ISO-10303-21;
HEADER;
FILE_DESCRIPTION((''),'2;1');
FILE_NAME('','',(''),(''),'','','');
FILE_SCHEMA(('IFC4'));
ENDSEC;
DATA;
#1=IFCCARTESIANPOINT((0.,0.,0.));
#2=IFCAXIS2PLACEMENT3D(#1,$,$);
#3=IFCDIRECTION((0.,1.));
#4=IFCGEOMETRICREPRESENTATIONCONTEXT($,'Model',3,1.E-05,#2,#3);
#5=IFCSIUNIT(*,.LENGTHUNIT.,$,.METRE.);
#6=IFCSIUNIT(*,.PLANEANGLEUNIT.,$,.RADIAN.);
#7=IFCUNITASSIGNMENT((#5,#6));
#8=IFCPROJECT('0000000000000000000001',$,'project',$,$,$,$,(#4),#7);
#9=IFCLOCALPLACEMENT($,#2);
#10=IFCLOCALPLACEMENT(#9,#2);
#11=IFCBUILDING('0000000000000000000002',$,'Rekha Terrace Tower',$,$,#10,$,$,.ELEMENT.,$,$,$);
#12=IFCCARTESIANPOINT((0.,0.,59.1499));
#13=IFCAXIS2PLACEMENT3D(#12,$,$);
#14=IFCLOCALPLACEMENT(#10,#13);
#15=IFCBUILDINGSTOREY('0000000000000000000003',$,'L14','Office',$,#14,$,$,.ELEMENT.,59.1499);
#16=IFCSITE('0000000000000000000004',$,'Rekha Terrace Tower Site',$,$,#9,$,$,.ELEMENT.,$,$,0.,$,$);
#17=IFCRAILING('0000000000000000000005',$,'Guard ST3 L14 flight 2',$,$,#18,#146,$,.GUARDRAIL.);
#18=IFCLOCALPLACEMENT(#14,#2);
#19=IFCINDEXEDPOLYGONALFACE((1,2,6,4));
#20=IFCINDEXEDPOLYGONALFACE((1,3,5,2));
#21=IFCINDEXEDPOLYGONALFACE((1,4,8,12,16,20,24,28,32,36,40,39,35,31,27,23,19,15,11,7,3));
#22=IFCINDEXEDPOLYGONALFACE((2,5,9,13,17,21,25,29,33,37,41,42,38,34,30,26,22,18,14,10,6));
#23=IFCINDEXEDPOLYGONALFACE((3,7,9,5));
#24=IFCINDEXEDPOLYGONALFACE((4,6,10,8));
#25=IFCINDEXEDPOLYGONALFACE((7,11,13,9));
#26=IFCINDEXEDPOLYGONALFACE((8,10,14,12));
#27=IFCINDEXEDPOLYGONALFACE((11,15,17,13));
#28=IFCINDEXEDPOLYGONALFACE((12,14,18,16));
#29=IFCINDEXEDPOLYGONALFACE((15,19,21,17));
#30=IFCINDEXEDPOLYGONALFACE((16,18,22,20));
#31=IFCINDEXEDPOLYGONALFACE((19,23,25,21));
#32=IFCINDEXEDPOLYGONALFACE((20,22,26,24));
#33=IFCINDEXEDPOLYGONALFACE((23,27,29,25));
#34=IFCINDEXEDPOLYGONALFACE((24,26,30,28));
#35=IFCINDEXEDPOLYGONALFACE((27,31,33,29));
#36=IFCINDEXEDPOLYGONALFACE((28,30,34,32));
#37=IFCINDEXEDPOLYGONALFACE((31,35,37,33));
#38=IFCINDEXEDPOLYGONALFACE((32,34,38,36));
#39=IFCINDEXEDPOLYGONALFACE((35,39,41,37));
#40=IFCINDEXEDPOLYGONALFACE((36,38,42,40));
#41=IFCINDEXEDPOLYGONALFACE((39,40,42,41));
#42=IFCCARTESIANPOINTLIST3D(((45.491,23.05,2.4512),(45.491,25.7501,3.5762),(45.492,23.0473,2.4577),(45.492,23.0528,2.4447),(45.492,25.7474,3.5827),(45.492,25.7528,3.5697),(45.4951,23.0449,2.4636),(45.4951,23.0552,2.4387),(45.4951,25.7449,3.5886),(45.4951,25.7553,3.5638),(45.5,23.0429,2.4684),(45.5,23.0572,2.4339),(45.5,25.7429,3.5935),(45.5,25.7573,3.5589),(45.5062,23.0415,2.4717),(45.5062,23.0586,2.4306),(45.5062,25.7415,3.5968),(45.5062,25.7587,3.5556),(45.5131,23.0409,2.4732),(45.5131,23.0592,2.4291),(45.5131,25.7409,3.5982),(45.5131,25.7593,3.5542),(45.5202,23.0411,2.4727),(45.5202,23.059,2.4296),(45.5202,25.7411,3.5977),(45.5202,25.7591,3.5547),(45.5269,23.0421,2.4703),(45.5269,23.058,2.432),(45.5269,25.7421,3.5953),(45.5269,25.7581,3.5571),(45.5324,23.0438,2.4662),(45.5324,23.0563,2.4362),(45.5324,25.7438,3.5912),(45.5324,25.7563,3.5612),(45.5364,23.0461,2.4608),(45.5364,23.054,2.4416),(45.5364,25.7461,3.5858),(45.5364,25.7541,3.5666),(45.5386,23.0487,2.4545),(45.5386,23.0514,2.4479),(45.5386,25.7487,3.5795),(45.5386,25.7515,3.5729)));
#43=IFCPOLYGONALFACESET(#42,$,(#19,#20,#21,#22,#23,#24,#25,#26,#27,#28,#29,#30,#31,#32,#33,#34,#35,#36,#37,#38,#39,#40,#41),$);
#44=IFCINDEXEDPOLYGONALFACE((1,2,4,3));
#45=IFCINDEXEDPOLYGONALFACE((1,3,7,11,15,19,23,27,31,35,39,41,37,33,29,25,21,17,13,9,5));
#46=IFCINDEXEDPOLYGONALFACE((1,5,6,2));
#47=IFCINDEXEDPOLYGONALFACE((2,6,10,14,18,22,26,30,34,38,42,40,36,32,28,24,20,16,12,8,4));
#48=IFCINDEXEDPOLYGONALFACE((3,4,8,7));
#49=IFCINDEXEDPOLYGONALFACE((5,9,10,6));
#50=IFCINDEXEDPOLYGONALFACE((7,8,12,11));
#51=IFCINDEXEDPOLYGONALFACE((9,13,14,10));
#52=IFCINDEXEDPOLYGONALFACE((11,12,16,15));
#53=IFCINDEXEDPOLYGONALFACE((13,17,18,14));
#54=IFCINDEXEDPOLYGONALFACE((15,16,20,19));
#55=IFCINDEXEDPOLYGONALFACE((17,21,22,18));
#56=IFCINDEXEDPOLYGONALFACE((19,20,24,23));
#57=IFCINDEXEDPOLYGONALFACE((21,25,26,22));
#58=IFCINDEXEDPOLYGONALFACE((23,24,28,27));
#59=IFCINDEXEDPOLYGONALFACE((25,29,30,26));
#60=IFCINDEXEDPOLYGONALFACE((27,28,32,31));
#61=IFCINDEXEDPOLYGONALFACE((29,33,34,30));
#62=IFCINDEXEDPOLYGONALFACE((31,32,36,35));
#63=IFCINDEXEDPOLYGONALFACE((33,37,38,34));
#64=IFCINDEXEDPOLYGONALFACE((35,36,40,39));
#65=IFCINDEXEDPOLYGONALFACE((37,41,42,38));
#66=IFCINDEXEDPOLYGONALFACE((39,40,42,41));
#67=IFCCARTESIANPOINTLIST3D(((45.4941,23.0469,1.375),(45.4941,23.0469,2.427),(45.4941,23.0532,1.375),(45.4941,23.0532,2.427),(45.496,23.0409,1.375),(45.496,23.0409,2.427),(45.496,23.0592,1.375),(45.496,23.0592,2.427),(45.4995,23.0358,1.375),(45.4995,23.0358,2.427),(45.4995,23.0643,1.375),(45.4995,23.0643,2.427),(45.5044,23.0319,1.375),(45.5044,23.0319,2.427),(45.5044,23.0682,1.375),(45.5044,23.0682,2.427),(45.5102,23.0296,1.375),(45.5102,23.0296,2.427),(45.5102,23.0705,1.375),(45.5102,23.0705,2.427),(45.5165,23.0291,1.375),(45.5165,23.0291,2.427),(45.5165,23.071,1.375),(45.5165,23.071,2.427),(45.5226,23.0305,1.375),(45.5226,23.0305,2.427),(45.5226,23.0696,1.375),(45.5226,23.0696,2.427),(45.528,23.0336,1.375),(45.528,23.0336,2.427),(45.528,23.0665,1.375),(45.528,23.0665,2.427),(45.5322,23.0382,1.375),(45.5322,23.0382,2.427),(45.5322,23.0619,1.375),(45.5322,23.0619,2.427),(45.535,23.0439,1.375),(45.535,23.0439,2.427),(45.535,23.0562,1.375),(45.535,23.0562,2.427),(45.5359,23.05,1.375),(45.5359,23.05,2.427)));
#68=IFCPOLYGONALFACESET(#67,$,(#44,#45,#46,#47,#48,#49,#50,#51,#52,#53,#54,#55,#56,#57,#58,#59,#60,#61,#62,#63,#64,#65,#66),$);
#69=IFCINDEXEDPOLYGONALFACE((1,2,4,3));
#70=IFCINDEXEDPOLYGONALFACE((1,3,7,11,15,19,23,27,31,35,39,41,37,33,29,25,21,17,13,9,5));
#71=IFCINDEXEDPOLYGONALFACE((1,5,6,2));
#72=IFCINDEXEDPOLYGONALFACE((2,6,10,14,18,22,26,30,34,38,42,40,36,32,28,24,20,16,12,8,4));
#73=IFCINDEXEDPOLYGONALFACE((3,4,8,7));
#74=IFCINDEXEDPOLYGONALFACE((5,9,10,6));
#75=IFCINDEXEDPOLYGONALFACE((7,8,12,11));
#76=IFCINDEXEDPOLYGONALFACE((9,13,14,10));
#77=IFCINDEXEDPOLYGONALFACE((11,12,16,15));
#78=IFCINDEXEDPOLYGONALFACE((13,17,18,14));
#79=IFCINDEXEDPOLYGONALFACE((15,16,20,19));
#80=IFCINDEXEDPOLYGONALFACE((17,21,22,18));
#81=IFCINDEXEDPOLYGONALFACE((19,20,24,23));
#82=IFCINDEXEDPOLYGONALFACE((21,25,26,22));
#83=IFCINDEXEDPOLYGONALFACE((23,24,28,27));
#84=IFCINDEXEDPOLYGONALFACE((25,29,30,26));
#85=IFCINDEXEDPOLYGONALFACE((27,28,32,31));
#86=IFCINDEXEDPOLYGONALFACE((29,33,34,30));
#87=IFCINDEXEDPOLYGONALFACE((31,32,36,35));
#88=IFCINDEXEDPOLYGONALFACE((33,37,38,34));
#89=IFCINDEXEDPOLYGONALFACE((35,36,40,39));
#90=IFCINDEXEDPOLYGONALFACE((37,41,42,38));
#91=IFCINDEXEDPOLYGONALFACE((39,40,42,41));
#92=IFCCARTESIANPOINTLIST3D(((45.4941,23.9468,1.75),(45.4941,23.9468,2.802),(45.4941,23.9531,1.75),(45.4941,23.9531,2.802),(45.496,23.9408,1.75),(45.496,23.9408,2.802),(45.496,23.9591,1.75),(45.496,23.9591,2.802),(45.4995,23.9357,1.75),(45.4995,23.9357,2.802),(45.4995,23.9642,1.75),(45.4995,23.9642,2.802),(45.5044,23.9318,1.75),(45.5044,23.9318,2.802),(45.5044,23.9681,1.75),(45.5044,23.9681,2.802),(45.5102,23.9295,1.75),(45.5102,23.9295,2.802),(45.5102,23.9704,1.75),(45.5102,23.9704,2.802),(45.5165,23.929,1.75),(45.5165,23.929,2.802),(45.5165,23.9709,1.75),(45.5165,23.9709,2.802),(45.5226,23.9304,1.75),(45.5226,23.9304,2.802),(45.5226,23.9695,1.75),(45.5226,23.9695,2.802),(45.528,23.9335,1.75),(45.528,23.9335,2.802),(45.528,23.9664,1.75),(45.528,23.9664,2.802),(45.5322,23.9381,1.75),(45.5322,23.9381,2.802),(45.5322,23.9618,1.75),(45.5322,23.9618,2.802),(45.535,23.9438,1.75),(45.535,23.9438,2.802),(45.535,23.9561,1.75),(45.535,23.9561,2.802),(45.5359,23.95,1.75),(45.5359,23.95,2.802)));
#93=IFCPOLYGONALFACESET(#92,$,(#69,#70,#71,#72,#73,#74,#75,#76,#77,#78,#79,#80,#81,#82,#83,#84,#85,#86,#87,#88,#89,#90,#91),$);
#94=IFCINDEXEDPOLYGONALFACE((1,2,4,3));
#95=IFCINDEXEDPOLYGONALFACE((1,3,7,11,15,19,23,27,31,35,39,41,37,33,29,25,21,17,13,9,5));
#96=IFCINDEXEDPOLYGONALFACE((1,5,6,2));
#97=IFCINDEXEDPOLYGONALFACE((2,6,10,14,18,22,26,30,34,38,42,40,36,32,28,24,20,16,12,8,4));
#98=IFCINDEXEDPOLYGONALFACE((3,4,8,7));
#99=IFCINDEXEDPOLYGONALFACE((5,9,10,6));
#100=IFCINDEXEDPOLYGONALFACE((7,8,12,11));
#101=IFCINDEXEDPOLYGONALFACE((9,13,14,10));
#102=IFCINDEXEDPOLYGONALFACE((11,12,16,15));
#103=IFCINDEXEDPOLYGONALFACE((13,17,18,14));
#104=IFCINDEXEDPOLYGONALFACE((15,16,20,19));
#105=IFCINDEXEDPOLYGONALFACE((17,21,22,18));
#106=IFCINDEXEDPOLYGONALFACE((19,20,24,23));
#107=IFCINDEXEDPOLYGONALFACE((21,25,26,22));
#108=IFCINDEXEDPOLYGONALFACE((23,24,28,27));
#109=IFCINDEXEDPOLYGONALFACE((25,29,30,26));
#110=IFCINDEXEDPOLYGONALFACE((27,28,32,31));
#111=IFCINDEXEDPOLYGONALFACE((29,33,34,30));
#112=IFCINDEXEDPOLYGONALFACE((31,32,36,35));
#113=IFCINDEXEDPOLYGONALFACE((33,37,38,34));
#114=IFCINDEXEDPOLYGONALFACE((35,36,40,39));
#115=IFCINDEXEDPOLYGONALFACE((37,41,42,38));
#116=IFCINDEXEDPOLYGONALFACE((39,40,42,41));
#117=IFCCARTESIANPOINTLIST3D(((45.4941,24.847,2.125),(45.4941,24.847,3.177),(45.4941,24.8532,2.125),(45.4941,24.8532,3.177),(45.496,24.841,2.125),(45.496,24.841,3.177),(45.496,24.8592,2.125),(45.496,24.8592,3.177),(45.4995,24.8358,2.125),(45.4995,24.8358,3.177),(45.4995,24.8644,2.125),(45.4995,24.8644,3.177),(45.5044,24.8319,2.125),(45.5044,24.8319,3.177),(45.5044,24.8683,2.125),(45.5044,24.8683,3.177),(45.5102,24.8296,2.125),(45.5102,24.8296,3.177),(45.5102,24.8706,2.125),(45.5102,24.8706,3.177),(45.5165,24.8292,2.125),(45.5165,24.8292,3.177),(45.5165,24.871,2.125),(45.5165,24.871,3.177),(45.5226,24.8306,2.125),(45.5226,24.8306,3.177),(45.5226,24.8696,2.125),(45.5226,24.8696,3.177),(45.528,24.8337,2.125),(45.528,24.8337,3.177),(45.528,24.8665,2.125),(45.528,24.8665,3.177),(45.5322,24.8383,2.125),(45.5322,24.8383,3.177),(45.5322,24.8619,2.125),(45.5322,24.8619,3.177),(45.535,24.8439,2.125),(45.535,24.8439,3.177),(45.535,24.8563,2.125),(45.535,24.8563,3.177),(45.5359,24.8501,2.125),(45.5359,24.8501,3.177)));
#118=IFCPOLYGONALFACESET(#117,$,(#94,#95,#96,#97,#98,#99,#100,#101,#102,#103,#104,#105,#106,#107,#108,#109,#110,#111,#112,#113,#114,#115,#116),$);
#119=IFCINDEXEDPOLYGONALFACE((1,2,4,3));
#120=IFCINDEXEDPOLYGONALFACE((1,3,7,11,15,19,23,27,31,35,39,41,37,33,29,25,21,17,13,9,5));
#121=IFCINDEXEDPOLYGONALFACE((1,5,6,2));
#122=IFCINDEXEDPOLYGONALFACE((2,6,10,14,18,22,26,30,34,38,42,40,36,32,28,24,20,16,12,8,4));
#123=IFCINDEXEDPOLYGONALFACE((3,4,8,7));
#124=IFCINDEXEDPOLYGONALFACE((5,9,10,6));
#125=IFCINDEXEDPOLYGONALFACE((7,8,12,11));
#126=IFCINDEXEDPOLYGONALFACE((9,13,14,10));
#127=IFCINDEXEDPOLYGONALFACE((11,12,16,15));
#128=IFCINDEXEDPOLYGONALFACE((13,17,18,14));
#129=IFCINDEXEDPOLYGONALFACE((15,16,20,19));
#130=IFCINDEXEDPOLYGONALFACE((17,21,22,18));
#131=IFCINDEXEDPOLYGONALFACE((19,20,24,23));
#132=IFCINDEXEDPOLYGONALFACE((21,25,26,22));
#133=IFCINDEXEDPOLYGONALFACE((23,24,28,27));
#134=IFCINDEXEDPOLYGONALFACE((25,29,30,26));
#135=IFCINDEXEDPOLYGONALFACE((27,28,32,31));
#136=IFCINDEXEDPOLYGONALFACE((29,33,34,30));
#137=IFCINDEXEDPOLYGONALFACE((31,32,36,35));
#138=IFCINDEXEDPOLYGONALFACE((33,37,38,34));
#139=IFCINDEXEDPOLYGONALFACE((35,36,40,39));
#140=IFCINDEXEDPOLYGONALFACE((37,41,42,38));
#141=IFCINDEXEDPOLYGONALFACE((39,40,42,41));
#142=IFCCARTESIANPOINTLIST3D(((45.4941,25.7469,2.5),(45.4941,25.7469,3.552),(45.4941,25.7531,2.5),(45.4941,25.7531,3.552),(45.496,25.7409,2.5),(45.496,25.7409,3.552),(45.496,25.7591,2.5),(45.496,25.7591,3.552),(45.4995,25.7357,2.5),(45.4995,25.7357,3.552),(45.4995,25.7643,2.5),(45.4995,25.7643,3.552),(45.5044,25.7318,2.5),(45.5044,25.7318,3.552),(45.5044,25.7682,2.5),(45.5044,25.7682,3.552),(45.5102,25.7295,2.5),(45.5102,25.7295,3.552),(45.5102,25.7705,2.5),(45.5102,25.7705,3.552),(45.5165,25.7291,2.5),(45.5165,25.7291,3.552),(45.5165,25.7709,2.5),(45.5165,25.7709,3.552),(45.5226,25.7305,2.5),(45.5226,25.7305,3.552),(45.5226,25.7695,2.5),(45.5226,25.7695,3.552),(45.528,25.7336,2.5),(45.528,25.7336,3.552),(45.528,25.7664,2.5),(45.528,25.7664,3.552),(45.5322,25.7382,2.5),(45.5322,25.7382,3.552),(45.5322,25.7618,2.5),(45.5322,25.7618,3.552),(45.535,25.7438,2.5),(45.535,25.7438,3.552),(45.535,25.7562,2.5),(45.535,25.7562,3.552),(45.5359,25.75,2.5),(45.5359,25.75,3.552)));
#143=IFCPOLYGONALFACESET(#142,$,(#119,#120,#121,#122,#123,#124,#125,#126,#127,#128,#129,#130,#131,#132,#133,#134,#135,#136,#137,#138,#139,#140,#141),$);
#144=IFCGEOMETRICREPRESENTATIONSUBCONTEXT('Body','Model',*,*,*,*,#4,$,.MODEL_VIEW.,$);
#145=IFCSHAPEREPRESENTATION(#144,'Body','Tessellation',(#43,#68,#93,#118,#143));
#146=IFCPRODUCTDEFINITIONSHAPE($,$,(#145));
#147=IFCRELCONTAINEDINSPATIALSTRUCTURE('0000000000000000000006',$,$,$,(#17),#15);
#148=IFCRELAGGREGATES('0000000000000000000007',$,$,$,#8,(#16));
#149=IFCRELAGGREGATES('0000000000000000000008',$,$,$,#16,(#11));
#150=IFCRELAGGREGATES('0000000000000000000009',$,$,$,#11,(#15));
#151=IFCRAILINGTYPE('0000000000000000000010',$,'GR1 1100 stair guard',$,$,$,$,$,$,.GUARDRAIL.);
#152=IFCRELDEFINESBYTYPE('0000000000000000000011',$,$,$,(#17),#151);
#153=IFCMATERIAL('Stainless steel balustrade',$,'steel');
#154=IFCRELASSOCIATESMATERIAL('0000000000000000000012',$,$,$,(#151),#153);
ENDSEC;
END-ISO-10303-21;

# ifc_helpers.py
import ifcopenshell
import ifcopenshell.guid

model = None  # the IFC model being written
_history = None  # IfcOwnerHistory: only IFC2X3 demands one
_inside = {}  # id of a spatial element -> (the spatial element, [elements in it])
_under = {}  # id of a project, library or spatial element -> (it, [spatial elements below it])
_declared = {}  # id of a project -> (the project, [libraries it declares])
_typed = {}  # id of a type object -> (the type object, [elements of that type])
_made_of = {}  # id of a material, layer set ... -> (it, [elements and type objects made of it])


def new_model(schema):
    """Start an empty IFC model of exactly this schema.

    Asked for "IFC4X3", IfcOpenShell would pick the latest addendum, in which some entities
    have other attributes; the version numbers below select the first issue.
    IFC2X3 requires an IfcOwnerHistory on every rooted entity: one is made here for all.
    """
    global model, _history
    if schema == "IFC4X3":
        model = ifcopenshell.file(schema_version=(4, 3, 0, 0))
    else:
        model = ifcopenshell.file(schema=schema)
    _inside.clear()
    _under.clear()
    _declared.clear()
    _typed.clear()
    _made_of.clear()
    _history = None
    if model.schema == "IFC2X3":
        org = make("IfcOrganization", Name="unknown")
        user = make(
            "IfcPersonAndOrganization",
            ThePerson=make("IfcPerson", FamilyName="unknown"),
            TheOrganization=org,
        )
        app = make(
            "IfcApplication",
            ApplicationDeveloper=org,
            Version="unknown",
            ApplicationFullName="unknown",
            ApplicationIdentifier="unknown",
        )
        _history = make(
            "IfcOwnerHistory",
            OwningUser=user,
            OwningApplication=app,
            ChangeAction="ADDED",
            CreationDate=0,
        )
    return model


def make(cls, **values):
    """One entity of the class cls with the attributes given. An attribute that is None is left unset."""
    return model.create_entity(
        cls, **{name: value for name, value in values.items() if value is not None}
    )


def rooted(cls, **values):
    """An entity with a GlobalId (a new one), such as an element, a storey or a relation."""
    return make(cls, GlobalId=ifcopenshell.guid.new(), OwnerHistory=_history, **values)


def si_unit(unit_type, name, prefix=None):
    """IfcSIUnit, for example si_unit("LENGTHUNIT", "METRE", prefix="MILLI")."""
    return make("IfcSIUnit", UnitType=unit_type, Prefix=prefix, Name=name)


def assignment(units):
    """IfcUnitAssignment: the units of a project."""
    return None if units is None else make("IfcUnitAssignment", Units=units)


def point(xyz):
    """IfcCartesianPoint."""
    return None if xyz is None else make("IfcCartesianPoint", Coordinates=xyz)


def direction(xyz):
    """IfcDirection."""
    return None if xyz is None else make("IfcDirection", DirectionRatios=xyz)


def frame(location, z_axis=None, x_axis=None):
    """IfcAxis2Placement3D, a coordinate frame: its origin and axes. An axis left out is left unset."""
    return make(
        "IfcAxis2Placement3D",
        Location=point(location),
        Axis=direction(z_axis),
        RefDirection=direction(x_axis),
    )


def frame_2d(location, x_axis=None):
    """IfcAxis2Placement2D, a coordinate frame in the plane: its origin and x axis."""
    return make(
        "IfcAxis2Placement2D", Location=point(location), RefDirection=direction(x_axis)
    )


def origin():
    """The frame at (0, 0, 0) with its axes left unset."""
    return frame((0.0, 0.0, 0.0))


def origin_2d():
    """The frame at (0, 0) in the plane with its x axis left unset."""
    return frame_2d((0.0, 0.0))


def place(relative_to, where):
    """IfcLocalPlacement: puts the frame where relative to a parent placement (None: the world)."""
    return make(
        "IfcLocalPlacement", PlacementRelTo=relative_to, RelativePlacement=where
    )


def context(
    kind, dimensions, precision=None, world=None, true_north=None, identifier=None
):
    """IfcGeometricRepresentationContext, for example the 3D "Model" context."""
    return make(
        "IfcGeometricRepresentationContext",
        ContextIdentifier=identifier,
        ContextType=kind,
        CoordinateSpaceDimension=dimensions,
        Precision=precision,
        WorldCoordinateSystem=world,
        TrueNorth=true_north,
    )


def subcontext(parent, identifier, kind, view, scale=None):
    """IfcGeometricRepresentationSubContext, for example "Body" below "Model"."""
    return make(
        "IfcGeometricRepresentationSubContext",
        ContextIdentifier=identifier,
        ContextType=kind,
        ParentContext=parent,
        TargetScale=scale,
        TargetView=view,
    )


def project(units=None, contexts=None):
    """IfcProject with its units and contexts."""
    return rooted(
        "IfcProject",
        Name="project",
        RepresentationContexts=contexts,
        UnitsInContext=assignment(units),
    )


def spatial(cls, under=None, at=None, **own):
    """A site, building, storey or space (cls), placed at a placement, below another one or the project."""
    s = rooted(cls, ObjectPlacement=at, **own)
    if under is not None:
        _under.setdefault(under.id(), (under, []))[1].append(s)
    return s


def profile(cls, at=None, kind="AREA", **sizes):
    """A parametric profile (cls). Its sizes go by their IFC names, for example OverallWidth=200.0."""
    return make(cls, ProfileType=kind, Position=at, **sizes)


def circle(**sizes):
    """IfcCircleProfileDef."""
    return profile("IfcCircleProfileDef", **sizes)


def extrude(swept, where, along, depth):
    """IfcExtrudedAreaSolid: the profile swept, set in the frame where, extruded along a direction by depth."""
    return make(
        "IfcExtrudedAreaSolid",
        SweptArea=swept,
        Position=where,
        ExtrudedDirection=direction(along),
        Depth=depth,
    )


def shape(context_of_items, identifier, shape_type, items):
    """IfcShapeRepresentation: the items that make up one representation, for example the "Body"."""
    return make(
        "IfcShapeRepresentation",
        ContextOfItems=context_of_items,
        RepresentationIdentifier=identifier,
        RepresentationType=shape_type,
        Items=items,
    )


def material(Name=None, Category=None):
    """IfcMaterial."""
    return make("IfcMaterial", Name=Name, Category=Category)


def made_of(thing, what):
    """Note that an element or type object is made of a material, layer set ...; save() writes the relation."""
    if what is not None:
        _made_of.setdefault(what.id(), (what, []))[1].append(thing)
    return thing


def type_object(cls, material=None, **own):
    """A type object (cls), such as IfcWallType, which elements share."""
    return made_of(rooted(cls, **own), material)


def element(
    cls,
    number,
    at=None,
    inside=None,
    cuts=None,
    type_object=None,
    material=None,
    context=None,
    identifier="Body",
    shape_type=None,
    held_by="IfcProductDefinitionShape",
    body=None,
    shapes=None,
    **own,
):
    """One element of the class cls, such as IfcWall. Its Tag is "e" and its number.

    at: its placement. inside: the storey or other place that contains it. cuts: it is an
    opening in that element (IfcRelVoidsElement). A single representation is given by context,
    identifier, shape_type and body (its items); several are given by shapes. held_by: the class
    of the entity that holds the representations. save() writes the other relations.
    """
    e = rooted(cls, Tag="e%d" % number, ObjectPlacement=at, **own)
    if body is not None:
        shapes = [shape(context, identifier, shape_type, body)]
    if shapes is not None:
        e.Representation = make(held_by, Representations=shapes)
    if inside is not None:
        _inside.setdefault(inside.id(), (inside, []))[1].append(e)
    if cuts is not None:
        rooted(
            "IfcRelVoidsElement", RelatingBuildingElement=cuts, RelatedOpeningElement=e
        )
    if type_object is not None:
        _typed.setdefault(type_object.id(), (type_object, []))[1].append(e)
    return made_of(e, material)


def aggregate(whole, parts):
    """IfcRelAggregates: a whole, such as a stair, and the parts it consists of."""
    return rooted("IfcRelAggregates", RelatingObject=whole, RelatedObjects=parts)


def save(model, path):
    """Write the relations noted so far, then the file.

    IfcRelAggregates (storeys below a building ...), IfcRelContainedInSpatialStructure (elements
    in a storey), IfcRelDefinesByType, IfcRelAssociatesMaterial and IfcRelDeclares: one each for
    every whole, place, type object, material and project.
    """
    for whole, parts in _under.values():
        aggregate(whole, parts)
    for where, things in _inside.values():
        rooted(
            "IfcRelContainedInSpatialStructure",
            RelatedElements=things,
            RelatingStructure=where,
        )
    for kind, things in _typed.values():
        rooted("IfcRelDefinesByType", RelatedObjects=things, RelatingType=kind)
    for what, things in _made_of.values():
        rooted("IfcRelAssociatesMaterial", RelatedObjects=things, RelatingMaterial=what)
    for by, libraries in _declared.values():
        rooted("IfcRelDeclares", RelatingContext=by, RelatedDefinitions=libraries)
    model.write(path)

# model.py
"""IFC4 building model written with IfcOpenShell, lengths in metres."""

from ifc_helpers import new_model, si_unit, direction, frame, origin, origin_2d, place, context, subcontext, project, spatial, circle, extrude, material, type_object, element, save


model = new_model("IFC4")

# Units and contexts
model_context = context("Model", 3, precision=1e-05, world=origin(), true_north=direction((0.0, 1.0)))
body_context = subcontext(model_context, "Body", "Model", "MODEL_VIEW")
ifc_project = project(units=[si_unit("LENGTHUNIT", "METRE"), si_unit("PLANEANGLEUNIT", "RADIAN")], contexts=[model_context])

# Site, building, storey
site_placement = place(None, origin())
site = spatial("IfcSite", under=ifc_project, at=site_placement, Name="Rekha Terrace Tower Site", CompositionType="ELEMENT", RefElevation=0.0)
building_placement = place(site_placement, origin())
building = spatial("IfcBuilding", under=site, at=building_placement, Name="Rekha Terrace Tower", CompositionType="ELEMENT")
storey_placement = place(building_placement, frame((0.0, 0.0, 59.1499)))
storey = spatial("IfcBuildingStorey", under=building, at=storey_placement, Name="L14", Description="Office", CompositionType="ELEMENT", Elevation=59.1499)

# Railing
ifc_material_1 = material(Name="Stainless steel balustrade", Category="steel")
railing_type_1 = type_object("IfcRailingType", Name="GR1 1100 stair guard", PredefinedType="GUARDRAIL", material=ifc_material_1)
railing_1_placement = place(storey_placement, frame((45.5149, 23.05, 1.375)))
element("IfcRailing", 1, at=railing_1_placement, inside=storey, type_object=railing_type_1, Name="Guard ST3 L14 flight 2", PredefinedType="GUARDRAIL", context=body_context, shape_type="SweptSolid", body=[
    extrude(circle(Radius=0.0239, at=origin_2d()), frame((0.0, 0.0, 1.0762), z_axis=(0.0, 0.923074, 0.384621), x_axis=(-1.0, 0.0, 0.0)), (0.0, 0.0, 1.0), 2.925),
    extrude(circle(Radius=0.021, at=origin_2d()), origin(), (0.0, 0.0, 1.0), 1.052),
    extrude(circle(Radius=0.021, at=origin_2d()), frame((0.0, 0.8999, 0.375)), (0.0, 0.0, 1.0), 1.052),
    extrude(circle(Radius=0.021, at=origin_2d()), frame((0.0, 1.8, 0.75)), (0.0, 0.0, 1.0), 1.052),
    extrude(circle(Radius=0.021, at=origin_2d()), frame((0.0, 2.7, 1.125)), (0.0, 0.0, 1.0), 1.052),
])

save(model, "model.ifc")
